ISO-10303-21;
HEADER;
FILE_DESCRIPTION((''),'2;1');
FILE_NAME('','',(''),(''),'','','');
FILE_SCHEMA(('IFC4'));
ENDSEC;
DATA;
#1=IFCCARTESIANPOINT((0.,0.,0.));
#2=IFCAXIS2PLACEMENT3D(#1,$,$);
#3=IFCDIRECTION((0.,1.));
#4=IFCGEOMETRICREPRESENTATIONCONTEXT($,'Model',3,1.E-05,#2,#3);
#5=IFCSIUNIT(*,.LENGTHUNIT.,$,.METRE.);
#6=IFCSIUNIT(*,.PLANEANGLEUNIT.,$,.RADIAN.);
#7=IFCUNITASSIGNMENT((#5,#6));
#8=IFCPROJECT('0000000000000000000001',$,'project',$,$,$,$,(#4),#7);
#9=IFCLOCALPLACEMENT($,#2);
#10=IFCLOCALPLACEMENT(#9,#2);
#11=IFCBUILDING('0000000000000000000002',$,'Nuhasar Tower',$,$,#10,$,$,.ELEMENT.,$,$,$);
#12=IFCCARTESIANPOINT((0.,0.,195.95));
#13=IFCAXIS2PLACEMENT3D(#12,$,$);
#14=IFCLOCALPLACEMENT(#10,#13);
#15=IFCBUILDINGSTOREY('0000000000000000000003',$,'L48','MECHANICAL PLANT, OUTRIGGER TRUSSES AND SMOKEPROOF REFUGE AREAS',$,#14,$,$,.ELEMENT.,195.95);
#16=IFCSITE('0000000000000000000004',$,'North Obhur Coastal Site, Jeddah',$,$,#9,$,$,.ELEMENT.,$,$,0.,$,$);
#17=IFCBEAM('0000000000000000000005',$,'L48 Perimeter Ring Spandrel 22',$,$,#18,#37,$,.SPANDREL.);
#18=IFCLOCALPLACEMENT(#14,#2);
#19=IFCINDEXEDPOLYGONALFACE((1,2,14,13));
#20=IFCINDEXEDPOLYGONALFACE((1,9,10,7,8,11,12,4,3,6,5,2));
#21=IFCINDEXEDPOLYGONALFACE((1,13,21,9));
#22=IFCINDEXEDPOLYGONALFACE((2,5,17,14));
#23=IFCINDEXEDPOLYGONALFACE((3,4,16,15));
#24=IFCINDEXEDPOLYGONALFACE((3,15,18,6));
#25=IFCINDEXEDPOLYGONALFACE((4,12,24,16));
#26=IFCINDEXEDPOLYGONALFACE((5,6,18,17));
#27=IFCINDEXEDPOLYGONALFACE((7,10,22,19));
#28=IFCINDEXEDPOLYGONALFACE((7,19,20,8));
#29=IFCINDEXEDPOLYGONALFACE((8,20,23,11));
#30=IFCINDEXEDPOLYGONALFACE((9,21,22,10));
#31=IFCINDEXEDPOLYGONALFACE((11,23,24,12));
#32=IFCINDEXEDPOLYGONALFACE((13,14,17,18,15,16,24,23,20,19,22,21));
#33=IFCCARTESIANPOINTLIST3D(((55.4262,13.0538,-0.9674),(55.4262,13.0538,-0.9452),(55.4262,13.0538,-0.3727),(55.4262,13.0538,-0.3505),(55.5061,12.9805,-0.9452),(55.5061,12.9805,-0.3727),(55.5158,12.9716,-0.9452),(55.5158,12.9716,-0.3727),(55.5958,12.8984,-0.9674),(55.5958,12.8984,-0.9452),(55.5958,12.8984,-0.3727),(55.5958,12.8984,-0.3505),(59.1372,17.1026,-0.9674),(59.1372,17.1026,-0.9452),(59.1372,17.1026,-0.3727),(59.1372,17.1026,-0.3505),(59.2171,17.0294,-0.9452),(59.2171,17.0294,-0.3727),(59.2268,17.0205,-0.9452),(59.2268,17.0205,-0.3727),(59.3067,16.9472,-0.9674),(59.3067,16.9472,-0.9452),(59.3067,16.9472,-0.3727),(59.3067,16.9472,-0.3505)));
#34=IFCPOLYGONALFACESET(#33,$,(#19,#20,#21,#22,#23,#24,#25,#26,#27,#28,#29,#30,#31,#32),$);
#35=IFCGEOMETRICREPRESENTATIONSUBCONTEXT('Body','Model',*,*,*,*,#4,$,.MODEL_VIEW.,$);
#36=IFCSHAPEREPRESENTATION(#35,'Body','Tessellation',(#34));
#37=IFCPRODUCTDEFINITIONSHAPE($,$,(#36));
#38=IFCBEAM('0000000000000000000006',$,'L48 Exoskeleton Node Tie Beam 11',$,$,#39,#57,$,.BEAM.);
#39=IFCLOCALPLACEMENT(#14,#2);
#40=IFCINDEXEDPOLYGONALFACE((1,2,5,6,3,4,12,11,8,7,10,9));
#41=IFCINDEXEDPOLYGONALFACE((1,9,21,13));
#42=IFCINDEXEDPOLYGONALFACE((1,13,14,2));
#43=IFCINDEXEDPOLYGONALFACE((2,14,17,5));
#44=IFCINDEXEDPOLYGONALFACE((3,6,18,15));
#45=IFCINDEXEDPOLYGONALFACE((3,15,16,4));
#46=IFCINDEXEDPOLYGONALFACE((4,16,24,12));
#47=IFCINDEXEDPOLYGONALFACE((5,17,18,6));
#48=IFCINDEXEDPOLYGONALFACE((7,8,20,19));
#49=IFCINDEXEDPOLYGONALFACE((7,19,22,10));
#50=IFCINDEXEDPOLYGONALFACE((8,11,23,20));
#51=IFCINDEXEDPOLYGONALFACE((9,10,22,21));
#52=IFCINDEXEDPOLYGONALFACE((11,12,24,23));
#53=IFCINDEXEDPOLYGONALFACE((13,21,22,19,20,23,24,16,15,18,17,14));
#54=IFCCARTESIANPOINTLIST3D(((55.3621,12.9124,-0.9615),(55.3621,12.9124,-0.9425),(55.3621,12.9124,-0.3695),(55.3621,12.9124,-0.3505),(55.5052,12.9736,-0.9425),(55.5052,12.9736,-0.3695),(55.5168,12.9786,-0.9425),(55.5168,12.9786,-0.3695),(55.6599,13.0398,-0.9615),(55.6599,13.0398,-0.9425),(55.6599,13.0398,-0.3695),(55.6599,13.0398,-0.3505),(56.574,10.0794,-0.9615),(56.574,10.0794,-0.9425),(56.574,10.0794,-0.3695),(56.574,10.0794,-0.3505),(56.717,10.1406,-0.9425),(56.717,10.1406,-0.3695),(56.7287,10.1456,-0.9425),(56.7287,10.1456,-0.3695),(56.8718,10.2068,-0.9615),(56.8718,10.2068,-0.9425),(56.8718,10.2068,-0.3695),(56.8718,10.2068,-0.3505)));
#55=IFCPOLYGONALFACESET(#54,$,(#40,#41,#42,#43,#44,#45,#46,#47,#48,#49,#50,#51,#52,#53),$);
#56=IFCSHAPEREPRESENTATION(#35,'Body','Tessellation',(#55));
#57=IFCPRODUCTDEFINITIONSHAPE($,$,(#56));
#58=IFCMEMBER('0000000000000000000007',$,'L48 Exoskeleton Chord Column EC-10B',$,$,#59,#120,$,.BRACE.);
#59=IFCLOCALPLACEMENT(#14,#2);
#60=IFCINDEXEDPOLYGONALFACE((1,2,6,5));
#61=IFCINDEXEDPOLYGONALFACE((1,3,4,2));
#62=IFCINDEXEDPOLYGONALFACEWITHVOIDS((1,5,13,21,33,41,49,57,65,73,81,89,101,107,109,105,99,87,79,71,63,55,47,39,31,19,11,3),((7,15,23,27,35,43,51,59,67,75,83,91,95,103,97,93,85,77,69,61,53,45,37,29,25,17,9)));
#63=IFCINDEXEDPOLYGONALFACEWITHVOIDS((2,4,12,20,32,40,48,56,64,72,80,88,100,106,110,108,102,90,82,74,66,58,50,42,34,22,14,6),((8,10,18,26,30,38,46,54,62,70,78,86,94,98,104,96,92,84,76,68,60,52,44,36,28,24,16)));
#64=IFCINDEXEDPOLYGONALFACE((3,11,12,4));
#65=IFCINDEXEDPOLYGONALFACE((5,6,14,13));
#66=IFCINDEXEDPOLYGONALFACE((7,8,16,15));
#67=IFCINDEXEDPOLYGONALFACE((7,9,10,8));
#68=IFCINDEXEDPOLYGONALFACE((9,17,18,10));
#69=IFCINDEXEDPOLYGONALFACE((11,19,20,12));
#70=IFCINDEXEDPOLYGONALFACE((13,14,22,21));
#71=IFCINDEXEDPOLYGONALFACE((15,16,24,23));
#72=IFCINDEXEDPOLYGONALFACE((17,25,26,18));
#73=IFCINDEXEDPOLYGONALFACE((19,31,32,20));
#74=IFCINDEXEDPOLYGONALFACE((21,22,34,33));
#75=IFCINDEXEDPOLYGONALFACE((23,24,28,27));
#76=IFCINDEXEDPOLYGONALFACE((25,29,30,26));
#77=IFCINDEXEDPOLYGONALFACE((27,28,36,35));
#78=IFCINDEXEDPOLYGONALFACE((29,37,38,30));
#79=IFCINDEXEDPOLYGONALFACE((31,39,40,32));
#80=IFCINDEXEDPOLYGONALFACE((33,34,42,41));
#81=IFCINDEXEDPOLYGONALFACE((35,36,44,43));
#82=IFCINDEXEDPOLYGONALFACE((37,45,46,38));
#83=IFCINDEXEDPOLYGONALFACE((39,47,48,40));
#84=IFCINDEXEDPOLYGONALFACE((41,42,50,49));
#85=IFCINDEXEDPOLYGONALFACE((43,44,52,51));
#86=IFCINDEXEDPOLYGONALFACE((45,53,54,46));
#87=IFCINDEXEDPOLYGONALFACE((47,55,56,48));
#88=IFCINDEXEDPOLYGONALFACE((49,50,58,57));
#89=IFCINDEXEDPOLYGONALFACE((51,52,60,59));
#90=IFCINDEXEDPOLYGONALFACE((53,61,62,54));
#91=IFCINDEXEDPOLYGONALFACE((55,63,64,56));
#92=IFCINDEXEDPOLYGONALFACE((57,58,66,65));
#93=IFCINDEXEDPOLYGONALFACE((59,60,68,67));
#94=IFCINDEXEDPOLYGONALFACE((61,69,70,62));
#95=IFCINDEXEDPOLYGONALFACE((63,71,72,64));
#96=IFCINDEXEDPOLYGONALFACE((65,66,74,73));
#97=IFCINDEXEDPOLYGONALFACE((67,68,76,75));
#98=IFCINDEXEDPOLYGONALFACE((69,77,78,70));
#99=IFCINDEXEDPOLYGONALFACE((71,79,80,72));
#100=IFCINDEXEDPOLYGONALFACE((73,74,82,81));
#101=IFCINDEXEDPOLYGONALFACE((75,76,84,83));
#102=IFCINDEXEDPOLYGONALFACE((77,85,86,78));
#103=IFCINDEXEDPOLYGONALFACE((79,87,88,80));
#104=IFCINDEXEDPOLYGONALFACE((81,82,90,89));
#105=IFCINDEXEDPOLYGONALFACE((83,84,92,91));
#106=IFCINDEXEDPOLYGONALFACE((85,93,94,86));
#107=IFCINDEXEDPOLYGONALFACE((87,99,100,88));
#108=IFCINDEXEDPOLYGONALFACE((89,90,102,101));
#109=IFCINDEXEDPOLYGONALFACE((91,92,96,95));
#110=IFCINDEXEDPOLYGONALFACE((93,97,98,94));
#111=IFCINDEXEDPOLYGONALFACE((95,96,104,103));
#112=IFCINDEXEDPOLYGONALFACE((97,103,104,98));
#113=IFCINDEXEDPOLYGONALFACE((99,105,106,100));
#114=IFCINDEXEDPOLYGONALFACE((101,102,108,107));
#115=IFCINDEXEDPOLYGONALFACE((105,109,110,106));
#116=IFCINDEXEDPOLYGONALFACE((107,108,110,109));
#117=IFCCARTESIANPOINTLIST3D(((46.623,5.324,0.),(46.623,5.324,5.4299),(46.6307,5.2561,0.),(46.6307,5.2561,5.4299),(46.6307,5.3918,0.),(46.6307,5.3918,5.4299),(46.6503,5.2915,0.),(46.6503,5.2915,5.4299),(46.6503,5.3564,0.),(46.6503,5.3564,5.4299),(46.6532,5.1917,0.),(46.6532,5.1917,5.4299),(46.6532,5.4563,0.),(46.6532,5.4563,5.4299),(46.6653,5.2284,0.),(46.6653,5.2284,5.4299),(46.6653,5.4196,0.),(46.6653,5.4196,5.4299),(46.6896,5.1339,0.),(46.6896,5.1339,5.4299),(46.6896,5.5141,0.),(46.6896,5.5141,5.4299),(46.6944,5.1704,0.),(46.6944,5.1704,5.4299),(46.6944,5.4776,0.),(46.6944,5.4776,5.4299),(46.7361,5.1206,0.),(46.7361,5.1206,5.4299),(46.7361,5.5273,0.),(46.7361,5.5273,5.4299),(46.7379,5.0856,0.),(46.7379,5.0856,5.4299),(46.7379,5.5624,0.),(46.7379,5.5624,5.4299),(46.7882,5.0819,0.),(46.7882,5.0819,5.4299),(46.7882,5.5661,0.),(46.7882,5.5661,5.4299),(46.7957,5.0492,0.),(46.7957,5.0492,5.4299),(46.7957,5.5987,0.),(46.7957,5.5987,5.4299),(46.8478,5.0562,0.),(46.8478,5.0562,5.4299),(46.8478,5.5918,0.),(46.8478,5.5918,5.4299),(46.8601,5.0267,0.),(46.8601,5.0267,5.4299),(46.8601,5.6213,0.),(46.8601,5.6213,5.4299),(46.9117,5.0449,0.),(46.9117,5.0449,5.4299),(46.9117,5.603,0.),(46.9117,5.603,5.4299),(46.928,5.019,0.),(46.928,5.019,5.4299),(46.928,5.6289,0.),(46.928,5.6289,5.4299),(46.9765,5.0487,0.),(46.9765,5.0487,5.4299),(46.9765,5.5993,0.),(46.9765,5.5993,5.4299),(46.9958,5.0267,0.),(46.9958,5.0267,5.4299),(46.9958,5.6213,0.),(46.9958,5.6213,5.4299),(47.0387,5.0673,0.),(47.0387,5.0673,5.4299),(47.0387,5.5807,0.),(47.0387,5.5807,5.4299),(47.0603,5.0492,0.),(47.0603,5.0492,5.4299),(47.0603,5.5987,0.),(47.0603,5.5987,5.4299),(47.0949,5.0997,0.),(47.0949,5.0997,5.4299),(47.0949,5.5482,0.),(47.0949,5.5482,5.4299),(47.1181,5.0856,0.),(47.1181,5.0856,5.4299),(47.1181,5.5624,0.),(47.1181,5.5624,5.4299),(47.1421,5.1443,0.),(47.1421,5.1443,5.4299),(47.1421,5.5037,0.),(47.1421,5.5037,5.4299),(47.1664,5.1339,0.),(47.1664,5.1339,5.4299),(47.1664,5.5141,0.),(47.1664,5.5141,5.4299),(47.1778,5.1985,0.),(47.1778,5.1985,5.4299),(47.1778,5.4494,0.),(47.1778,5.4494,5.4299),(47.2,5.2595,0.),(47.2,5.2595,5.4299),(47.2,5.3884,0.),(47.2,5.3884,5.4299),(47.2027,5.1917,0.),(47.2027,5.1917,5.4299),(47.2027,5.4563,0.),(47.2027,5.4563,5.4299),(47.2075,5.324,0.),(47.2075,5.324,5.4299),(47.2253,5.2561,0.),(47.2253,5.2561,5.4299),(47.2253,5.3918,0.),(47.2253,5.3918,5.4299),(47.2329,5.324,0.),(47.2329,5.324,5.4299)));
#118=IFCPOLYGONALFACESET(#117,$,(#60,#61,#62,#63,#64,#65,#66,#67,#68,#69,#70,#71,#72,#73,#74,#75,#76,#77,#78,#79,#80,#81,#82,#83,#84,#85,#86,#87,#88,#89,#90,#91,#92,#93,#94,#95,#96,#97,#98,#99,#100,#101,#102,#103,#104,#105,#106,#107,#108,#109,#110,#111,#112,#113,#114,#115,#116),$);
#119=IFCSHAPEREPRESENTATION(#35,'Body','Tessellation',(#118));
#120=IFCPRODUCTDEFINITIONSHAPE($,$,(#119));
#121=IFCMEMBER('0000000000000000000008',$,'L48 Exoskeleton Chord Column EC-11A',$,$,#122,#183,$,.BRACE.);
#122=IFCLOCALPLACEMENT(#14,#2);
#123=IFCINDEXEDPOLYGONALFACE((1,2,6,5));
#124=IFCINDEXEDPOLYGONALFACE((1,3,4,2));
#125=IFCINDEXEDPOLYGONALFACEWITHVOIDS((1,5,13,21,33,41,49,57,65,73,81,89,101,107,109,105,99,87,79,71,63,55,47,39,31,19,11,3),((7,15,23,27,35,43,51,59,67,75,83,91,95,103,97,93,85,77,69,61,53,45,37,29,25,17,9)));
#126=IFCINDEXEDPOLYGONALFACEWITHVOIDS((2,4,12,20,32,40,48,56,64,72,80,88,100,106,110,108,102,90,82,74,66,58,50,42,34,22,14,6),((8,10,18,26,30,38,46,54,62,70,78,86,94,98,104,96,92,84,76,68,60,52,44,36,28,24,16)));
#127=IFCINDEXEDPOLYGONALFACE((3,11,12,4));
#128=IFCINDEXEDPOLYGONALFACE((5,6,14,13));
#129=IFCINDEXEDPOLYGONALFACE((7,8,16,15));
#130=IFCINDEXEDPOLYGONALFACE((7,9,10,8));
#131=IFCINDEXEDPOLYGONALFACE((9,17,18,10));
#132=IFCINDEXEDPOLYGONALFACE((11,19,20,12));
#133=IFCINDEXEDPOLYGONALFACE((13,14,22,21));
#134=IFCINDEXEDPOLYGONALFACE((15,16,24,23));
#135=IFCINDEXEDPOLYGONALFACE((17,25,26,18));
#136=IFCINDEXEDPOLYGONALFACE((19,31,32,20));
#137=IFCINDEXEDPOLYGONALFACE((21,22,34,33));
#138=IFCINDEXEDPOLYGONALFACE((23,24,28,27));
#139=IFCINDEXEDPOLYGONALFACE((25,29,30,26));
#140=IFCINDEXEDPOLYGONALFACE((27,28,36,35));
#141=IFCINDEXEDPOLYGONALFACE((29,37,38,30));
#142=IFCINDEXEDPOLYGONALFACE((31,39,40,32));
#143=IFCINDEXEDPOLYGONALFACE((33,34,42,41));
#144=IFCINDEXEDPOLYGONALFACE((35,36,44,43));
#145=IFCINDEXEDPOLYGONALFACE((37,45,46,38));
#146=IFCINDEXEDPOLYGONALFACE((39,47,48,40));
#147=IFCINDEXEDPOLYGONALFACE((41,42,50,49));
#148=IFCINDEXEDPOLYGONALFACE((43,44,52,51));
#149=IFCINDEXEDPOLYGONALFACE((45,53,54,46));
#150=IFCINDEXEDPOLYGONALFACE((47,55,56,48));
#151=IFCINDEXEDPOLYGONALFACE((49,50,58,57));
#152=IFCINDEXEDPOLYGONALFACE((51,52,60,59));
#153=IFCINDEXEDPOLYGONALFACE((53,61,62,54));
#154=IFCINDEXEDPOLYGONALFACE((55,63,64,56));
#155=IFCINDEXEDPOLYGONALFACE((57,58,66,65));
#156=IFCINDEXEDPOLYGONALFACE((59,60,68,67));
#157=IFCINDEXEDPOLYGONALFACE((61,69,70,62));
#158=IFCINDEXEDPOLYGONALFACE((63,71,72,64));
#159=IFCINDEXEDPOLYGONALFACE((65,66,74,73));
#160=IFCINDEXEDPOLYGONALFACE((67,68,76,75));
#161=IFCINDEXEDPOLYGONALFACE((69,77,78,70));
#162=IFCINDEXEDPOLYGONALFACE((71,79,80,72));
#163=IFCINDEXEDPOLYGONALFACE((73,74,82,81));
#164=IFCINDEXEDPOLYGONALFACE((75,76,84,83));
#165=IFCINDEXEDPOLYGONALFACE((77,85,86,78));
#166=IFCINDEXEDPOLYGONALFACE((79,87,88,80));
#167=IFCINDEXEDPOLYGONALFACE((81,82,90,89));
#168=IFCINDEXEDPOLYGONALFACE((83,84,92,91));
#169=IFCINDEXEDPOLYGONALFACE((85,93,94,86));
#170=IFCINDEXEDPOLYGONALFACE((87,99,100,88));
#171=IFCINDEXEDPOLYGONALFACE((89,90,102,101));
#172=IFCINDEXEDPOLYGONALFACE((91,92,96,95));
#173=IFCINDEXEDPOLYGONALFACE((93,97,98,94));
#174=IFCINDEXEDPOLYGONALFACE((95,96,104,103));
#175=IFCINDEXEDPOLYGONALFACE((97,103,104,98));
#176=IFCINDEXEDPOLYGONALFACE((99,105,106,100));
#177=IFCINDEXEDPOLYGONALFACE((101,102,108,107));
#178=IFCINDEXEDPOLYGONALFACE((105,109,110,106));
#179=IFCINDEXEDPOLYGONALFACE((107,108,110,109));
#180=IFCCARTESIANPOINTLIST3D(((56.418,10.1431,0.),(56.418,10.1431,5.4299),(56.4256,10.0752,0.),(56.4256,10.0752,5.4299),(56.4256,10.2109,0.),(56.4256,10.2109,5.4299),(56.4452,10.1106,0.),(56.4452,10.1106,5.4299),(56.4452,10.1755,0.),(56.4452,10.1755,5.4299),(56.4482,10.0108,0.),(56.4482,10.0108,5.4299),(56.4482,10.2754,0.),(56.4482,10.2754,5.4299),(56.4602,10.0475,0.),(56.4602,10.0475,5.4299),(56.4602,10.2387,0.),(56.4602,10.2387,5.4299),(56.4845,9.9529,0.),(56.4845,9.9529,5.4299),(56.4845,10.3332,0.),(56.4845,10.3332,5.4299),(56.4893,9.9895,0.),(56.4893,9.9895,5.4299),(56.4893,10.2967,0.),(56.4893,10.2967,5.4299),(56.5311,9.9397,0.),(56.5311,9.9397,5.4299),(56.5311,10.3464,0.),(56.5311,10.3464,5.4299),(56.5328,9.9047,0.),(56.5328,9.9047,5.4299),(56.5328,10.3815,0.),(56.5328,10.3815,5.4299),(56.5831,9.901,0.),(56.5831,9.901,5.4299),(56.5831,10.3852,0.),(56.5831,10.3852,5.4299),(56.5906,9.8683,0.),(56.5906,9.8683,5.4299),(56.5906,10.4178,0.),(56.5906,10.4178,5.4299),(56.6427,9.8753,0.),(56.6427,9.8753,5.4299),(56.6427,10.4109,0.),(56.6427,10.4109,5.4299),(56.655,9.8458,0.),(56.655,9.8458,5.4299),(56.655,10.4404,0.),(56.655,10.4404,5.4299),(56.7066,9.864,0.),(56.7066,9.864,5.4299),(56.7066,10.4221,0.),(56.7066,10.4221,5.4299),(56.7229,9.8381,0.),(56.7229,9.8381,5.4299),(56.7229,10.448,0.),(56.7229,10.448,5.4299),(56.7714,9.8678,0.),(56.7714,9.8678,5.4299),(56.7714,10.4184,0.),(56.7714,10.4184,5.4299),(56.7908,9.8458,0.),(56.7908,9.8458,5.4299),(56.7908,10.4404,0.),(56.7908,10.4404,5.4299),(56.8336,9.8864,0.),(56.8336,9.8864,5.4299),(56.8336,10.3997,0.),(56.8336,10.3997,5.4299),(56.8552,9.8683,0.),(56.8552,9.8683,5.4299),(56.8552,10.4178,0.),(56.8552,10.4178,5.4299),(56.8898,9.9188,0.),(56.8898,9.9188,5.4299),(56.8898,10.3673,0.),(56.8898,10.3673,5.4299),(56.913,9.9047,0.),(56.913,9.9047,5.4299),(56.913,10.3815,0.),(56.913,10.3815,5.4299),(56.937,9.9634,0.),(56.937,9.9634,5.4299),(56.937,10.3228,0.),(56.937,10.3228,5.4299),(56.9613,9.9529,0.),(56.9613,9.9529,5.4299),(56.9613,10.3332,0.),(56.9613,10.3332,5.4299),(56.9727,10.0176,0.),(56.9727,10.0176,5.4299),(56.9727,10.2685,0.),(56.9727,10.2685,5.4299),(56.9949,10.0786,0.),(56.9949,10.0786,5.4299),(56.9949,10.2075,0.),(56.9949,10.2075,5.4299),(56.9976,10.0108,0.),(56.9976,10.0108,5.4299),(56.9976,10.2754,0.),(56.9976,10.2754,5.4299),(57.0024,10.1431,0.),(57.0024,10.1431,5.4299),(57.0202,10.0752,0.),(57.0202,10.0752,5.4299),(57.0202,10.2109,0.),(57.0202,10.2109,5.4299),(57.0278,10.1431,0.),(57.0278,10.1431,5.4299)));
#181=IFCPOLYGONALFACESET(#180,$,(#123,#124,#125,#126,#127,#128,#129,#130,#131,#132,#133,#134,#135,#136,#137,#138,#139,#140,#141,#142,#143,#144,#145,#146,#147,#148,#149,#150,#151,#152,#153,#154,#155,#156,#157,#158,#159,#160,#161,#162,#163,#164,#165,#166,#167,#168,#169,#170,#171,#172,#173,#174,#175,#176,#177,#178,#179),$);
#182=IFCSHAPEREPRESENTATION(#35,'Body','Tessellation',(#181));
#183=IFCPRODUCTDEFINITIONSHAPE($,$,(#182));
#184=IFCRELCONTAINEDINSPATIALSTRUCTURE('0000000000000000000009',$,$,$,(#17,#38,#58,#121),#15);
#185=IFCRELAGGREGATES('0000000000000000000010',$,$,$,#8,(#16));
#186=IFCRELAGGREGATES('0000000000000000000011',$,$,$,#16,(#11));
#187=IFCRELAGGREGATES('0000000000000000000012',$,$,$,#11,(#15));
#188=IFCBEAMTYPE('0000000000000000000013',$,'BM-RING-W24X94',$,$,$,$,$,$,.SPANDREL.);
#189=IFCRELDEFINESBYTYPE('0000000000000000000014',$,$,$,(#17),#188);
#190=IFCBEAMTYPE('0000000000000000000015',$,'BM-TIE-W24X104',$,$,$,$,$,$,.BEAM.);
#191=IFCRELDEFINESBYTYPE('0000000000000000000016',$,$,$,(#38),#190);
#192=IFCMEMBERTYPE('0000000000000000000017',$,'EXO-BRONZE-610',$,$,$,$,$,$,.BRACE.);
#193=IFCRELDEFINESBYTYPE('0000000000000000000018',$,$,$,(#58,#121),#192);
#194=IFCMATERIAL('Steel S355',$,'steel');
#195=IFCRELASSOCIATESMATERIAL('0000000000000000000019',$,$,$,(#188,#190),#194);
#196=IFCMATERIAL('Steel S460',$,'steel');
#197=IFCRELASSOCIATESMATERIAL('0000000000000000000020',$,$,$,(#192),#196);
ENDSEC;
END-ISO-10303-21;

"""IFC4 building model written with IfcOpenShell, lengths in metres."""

from ifc_helpers import new_model, si_unit, direction, frame, origin, origin_2d, place, context, subcontext, project, spatial, hollow_circle, i_section, extrude, material, material_profile, profile_set, type_object, element, save


model = new_model("IFC4")

# Units and contexts
model_context = context("Model", 3, precision=1e-05, world=origin(), true_north=direction((0.0, 1.0)))
body_context = subcontext(model_context, "Body", "Model", "MODEL_VIEW")
ifc_project = project(units=[si_unit("LENGTHUNIT", "METRE"), si_unit("PLANEANGLEUNIT", "RADIAN")], contexts=[model_context])

# Site, building, storey
site_placement = place(None, origin())
site = spatial("IfcSite", under=ifc_project, at=site_placement, Name="North Obhur Coastal Site, Jeddah", CompositionType="ELEMENT", RefElevation=0.0)
building_placement = place(site_placement, origin())
building = spatial("IfcBuilding", under=site, at=building_placement, Name="Nuhasar Tower", CompositionType="ELEMENT")
storey_placement = place(building_placement, frame((0.0, 0.0, 195.95)))
storey = spatial("IfcBuildingStorey", under=building, at=storey_placement, Name="L48", Description="MECHANICAL PLANT, OUTRIGGER TRUSSES AND SMOKEPROOF REFUGE AREAS", CompositionType="ELEMENT", Elevation=195.95)

# Shared definitions
ifc_material_1 = material(Name="Steel S460", Category="steel")

# Beams
ifc_material_2 = material(Name="Steel S355", Category="steel")
ifc_material_profile_1 = material_profile(ifc_material_2, i_section(OverallWidth=0.23, OverallDepth=0.6169, WebThickness=0.0132, FlangeThickness=0.0222, at=origin_2d()), Name="W24X94")
ifc_profile_set_1 = profile_set([ifc_material_profile_1], Name="Steel S355")
beam_type_1 = type_object("IfcBeamType", Name="BM-RING-W24X94", PredefinedType="SPANDREL", material=ifc_profile_set_1)
beam_1_placement = place(storey_placement, frame((55.511, 12.9761, -0.6589), z_axis=(0.675676, 0.737198, 0.0), x_axis=(-0.737198, 0.675676, 0.0)))
element("IfcBeam", 1, at=beam_1_placement, inside=storey, type_object=beam_type_1, Name="L48 Perimeter Ring Spandrel 22", PredefinedType="SPANDREL", context=body_context, shape_type="SweptSolid", body=[
    extrude(i_section(OverallWidth=0.23, OverallDepth=0.6169, WebThickness=0.0132, FlangeThickness=0.0222, at=origin_2d()), origin(), (0.0, 0.0, 1.0), 5.4922),
])
ifc_material_profile_2 = material_profile(ifc_material_2, i_section(OverallWidth=0.324, OverallDepth=0.6111, WebThickness=0.0127, FlangeThickness=0.019, at=origin_2d()), Name="W24X104")
ifc_profile_set_2 = profile_set([ifc_material_profile_2], Name="Steel S355")
beam_type_2 = type_object("IfcBeamType", Name="BM-TIE-W24X104", PredefinedType="BEAM", material=ifc_profile_set_2)
beam_2_placement = place(storey_placement, frame((55.511, 12.9761, -0.656), z_axis=(0.393307, -0.919407, 0.0), x_axis=(0.919407, 0.393307, 0.0)))
element("IfcBeam", 2, at=beam_2_placement, inside=storey, type_object=beam_type_2, Name="L48 Exoskeleton Node Tie Beam 11", PredefinedType="BEAM", context=body_context, shape_type="SweptSolid", body=[
    extrude(i_section(OverallWidth=0.324, OverallDepth=0.6111, WebThickness=0.0127, FlangeThickness=0.019, at=origin_2d()), origin(), (0.0, 0.0, 1.0), 3.0813),
])

# Members
ifc_material_profile_3 = material_profile(ifc_material_1, hollow_circle(Radius=0.3049, WallThickness=0.0254, at=origin_2d()), Name="HSS610X25.4")
ifc_profile_set_3 = profile_set([ifc_material_profile_3], Name="Steel S460")
member_type_1 = type_object("IfcMemberType", Name="EXO-BRONZE-610", PredefinedType="BRACE", material=ifc_profile_set_3)
for number, where, z_axis, x_axis, name in (
    (3, (46.928, 5.324, 0.0), (0.0, 0.0, 1.0), (1.0, 0.0, 0.0), "L48 Exoskeleton Chord Column EC-10B"),
    (4, (56.7229, 10.1431, 0.0), (0.0, 0.0, 1.0), (1.0, 0.0, 0.0), "L48 Exoskeleton Chord Column EC-11A"),
):
    element("IfcMember", number, at=place(storey_placement, frame(where, z_axis=z_axis, x_axis=x_axis)), inside=storey, type_object=member_type_1, Name=name, PredefinedType="BRACE", context=body_context, shape_type="SweptSolid", body=[
        extrude(hollow_circle(Radius=0.3049, WallThickness=0.0254, at=origin_2d()), origin(), (0.0, 0.0, 1.0), 5.4299),
    ])

save(model, "model.ifc")
